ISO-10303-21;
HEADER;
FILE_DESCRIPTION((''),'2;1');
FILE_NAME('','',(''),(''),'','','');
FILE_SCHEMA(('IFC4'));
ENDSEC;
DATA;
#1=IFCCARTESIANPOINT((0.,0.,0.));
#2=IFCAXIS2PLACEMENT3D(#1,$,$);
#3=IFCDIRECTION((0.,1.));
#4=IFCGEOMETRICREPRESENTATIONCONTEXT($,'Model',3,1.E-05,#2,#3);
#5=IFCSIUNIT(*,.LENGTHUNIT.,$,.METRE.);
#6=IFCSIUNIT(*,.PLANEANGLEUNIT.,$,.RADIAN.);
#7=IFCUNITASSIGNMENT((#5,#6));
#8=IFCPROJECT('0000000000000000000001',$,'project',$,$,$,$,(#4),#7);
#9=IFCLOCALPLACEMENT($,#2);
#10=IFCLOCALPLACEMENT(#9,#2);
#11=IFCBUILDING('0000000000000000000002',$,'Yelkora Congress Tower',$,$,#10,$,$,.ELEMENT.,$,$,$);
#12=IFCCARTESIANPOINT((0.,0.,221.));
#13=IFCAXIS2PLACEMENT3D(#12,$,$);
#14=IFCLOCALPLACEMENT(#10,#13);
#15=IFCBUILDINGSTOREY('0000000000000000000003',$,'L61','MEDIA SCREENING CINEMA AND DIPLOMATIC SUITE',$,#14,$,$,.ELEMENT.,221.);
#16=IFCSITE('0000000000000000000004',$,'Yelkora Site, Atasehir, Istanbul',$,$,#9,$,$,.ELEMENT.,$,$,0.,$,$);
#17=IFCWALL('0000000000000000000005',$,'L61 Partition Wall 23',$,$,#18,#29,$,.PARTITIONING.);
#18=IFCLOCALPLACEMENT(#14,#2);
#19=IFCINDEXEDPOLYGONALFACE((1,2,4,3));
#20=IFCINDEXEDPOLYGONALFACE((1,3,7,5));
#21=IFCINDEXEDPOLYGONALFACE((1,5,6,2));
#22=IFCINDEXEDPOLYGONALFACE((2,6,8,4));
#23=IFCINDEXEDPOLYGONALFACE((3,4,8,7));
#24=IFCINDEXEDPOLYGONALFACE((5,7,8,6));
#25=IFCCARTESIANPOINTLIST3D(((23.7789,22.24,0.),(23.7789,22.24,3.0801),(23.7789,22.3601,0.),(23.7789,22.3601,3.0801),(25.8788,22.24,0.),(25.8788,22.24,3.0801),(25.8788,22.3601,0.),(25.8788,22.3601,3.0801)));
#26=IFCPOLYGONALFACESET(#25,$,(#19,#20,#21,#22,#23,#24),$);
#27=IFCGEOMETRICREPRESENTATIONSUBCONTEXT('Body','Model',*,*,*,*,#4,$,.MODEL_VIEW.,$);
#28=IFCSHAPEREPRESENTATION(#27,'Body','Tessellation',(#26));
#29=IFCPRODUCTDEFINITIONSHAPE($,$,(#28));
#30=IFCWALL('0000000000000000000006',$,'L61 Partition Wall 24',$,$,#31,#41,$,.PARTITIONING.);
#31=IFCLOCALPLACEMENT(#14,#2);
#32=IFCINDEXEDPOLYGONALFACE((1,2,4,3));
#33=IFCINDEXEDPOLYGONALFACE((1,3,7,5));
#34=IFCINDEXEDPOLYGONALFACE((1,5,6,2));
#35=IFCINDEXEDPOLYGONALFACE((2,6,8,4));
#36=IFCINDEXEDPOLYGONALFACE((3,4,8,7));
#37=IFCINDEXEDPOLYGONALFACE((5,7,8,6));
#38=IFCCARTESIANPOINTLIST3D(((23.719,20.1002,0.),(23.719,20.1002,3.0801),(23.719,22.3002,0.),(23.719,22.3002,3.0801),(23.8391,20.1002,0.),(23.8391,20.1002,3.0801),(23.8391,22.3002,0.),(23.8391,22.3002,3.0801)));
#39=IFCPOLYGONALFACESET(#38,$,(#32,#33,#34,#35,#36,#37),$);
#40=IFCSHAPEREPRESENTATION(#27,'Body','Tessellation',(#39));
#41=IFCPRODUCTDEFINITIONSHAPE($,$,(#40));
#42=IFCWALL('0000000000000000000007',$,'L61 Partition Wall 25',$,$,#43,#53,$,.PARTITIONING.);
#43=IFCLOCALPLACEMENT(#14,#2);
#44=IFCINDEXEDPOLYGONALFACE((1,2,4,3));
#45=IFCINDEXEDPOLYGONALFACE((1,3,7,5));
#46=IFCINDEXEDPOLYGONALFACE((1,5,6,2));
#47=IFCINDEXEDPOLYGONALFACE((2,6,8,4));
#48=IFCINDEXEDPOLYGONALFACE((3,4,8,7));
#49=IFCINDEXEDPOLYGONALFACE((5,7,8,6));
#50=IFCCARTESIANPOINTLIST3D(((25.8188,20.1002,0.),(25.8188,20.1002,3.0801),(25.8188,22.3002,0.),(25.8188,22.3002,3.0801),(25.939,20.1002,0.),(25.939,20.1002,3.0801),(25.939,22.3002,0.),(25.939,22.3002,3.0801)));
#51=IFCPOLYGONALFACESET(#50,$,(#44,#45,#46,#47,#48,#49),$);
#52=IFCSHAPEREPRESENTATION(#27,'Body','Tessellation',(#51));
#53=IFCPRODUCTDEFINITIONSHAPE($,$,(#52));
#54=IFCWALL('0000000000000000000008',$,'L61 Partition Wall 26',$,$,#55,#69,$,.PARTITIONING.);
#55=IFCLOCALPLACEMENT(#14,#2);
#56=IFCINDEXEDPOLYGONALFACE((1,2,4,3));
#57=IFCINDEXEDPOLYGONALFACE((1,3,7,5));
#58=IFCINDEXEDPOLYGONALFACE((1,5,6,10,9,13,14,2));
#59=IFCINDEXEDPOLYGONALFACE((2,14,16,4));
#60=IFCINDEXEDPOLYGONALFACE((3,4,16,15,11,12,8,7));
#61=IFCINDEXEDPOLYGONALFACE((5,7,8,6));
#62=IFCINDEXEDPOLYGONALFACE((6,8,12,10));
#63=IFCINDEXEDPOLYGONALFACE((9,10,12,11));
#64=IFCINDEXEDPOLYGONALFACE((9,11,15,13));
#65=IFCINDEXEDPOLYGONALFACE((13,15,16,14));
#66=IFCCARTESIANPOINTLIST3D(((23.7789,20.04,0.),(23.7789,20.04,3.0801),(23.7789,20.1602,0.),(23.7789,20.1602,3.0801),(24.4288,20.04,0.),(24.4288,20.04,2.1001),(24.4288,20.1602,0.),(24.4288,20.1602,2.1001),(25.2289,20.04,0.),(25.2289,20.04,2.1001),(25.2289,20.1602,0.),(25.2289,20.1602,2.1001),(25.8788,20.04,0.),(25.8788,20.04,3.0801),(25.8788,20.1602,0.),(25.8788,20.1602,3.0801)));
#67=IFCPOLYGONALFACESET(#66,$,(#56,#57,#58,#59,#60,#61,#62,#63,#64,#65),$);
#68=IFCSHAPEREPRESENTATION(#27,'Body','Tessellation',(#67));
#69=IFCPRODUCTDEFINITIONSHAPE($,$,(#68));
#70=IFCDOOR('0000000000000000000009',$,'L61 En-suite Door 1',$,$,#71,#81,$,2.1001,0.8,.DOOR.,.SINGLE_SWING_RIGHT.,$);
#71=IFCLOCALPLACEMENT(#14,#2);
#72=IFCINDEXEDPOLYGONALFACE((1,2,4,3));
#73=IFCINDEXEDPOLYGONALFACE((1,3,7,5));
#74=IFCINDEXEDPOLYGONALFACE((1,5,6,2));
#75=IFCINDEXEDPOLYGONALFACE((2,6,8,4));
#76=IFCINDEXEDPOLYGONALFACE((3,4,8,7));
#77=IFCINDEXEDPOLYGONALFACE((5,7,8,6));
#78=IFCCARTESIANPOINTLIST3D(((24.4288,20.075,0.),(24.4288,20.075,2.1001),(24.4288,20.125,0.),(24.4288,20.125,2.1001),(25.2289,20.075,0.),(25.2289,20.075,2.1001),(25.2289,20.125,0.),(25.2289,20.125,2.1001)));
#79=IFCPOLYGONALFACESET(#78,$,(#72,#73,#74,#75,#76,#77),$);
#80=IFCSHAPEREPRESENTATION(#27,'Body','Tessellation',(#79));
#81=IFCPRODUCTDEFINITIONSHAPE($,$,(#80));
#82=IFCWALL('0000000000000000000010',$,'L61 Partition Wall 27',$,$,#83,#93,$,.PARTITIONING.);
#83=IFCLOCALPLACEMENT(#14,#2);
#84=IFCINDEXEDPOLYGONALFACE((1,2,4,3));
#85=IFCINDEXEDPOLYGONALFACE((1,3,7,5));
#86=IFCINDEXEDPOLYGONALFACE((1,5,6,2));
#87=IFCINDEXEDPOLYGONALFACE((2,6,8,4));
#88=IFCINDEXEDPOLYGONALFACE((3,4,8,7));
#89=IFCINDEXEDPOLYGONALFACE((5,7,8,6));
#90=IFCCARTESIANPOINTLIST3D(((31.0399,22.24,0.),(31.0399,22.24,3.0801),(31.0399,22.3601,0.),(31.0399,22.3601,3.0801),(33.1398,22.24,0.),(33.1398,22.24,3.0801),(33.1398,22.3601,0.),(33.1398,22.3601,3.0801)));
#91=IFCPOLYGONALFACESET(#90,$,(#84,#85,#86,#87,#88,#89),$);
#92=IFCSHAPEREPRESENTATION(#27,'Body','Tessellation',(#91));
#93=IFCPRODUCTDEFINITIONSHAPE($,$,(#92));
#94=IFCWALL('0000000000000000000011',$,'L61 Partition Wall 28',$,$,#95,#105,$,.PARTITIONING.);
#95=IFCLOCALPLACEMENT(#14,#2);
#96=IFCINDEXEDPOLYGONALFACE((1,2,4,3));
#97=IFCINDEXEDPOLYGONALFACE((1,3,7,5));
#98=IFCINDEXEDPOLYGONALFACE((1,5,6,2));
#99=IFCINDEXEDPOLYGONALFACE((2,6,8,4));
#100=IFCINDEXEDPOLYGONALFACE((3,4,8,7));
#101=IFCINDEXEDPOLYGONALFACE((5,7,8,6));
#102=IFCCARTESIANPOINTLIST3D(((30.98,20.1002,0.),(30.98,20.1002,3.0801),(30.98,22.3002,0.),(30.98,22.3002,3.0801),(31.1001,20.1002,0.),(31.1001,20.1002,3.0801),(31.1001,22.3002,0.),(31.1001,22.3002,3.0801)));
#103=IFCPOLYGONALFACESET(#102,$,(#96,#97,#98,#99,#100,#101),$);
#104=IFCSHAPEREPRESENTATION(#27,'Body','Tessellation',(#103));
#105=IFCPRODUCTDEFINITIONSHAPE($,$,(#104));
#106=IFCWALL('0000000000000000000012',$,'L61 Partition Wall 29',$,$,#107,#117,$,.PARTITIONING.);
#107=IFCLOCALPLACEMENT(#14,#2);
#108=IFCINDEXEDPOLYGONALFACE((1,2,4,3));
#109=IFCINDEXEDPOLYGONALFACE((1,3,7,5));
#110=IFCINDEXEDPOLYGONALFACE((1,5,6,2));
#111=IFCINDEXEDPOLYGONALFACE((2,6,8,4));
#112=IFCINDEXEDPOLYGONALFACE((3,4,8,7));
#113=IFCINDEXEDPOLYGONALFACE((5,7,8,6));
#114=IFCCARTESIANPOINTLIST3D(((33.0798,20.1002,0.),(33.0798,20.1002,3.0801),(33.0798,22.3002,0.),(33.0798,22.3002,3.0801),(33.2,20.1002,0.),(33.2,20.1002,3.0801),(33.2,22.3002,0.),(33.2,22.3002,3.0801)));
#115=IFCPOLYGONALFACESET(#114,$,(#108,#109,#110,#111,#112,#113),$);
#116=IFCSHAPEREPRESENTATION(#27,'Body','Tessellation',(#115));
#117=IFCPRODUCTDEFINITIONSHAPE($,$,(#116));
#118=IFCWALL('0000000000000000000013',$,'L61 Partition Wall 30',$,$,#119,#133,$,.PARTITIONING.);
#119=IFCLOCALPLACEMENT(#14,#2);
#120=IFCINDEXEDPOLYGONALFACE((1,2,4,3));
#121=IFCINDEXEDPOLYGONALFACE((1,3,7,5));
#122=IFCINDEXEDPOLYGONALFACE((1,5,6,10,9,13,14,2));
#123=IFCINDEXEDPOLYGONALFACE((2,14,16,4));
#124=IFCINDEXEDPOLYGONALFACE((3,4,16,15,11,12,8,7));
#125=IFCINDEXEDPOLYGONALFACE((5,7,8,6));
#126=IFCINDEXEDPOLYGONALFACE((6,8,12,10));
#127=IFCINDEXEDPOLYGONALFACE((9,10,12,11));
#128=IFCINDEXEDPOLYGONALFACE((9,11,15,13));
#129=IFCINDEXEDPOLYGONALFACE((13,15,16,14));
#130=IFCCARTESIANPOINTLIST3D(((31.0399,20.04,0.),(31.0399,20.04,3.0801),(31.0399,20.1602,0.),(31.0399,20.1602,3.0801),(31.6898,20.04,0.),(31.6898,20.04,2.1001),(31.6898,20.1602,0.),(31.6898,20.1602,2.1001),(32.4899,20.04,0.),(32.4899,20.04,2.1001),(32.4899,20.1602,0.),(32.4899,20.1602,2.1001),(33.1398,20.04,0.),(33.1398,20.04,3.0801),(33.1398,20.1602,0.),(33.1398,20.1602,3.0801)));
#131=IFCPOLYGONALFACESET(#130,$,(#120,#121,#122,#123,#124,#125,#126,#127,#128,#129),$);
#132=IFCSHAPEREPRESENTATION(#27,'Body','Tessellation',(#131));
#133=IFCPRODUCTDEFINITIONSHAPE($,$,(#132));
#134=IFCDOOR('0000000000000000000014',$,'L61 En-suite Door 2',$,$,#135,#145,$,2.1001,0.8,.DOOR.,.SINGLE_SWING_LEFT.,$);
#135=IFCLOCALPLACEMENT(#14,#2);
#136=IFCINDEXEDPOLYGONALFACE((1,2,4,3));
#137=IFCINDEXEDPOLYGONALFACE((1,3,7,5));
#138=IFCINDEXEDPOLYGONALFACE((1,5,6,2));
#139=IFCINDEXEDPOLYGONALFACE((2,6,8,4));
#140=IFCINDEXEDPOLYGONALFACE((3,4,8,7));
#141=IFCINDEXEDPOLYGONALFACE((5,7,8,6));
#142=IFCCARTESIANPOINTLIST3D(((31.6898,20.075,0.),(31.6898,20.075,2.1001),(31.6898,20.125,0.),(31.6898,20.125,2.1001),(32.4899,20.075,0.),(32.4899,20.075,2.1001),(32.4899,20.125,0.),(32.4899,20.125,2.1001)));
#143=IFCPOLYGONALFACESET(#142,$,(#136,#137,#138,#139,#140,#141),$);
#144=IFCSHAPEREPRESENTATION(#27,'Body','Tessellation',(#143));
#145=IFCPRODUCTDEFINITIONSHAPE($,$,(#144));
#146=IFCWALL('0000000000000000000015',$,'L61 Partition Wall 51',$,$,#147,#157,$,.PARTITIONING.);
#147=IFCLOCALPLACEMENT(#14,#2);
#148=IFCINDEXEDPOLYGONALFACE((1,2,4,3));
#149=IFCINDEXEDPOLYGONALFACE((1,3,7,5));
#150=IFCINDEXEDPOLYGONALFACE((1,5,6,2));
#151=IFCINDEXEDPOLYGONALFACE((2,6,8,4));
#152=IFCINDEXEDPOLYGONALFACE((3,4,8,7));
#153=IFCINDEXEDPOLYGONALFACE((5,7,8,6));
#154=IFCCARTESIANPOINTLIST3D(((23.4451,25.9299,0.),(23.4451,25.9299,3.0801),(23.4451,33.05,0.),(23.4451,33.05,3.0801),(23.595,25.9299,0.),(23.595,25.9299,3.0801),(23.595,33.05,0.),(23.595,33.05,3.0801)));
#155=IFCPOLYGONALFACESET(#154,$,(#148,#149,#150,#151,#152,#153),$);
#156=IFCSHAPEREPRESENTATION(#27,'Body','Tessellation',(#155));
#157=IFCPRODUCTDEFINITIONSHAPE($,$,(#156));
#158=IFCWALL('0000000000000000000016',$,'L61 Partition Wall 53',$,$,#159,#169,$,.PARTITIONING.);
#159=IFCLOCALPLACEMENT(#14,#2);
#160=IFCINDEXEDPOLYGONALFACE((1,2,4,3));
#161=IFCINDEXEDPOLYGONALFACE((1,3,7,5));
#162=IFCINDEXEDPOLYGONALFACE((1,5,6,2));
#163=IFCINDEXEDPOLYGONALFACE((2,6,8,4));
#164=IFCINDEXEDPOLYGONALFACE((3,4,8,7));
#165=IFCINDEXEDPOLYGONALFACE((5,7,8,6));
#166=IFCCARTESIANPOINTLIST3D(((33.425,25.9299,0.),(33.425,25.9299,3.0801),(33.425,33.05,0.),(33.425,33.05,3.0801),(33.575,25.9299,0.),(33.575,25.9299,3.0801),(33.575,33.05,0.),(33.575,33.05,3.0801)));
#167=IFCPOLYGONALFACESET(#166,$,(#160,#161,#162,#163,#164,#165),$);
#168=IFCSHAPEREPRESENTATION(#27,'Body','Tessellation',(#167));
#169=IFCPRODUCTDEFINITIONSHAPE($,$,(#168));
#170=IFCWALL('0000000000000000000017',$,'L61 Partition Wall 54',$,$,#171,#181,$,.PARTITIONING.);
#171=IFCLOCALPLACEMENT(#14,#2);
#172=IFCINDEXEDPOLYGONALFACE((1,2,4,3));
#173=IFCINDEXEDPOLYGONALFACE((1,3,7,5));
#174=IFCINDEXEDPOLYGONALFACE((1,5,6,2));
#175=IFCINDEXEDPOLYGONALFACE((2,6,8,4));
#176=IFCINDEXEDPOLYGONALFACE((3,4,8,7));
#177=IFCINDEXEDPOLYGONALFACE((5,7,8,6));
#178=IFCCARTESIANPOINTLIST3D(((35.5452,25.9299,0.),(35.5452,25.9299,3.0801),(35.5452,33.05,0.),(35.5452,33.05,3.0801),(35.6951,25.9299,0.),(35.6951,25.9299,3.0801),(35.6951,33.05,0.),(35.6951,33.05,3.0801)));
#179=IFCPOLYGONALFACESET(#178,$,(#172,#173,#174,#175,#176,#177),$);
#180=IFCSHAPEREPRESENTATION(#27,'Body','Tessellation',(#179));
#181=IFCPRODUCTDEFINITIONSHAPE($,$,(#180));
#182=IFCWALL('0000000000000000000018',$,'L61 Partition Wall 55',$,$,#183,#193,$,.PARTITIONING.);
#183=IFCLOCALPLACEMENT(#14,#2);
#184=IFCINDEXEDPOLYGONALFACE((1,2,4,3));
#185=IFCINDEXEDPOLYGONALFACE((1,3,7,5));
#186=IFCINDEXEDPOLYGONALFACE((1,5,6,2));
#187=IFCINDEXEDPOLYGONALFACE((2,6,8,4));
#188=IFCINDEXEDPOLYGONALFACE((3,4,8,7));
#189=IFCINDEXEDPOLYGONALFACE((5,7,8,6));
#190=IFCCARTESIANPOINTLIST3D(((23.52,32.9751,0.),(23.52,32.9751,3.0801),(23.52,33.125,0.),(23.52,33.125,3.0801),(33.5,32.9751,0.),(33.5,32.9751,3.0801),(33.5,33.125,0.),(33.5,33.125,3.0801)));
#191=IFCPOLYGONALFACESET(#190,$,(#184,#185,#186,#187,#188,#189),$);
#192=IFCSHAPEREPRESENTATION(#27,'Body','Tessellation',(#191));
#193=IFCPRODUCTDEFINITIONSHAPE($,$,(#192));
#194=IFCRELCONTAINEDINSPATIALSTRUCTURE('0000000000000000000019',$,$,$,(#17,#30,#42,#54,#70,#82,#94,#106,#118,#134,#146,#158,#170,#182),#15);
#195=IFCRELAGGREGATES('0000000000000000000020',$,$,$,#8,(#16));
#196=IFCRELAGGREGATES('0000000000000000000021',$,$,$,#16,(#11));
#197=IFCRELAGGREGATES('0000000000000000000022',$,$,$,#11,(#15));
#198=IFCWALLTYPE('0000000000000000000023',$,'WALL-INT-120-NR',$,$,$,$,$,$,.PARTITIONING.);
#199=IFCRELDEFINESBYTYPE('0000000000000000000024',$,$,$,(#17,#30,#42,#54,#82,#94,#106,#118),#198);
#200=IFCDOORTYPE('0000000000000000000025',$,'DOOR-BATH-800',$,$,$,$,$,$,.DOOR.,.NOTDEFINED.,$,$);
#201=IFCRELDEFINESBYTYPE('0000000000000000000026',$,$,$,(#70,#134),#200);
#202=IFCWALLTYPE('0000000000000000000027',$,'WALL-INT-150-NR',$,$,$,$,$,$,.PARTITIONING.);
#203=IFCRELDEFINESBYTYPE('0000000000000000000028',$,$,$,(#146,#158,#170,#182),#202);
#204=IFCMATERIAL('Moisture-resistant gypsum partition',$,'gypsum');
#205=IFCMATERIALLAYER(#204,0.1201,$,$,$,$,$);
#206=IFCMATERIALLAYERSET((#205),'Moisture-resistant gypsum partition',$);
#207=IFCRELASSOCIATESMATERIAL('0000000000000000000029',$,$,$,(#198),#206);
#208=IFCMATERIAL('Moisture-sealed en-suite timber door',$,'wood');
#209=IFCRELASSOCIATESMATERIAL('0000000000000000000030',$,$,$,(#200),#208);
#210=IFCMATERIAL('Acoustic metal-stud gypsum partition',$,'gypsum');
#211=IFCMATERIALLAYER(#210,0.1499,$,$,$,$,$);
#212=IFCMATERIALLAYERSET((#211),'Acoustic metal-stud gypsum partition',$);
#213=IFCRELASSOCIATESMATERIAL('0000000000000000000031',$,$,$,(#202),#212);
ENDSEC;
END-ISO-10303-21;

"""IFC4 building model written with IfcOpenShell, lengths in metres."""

from ifc_helpers import new_model, si_unit, direction, frame, frame_2d, origin, place, context, subcontext, project, spatial, rectangle, extrude, material, layer, layer_set, type_object, element, fill, save


model = new_model("IFC4")

# Units and contexts
model_context = context("Model", 3, precision=1e-05, world=origin(), true_north=direction((0.0, 1.0)))
body_context = subcontext(model_context, "Body", "Model", "MODEL_VIEW")
ifc_project = project(units=[si_unit("LENGTHUNIT", "METRE"), si_unit("PLANEANGLEUNIT", "RADIAN")], contexts=[model_context])

# Site, building, storey
site_placement = place(None, origin())
site = spatial("IfcSite", under=ifc_project, at=site_placement, Name="Yelkora Site, Atasehir, Istanbul", CompositionType="ELEMENT", RefElevation=0.0)
building_placement = place(site_placement, origin())
building = spatial("IfcBuilding", under=site, at=building_placement, Name="Yelkora Congress Tower", CompositionType="ELEMENT")
storey_placement = place(building_placement, frame((0.0, 0.0, 221.0)))
storey = spatial("IfcBuildingStorey", under=building, at=storey_placement, Name="L61", Description="MEDIA SCREENING CINEMA AND DIPLOMATIC SUITE", CompositionType="ELEMENT", Elevation=221.0)

# Walls
ifc_material_1 = material(Name="Moisture-resistant gypsum partition", Category="gypsum")
ifc_layer_1 = layer(ifc_material_1, 0.1201)
ifc_layer_set_1 = layer_set([ifc_layer_1], Name="Moisture-resistant gypsum partition")
wall_type_1 = type_object("IfcWallType", Name="WALL-INT-120-NR", PredefinedType="PARTITIONING", material=ifc_layer_set_1)
wall_1_placement = place(storey_placement, frame((23.7791, 22.3, 0.0), z_axis=(0.0, 0.0, 1.0), x_axis=(1.0, 0.0, 0.0)))
element("IfcWall", 1, at=wall_1_placement, inside=storey, type_object=wall_type_1, Name="L61 Partition Wall 23", PredefinedType="PARTITIONING", context=body_context, shape_type="SweptSolid", body=[
    extrude(rectangle(XDim=2.0999, YDim=0.1201, at=frame_2d((1.0498, 0.0))), origin(), (0.0, 0.0, 1.0), 3.0801),
])
for number, where, z_axis, x_axis, name in (
    (2, (23.7791, 20.1001, 0.0), (0.0, 0.0, 1.0), (0.0, 1.0, 0.0), "L61 Partition Wall 24"),
    (3, (25.8789, 20.1001, 0.0), (0.0, 0.0, 1.0), (0.0, 1.0, 0.0), "L61 Partition Wall 25"),
):
    element("IfcWall", number, at=place(storey_placement, frame(where, z_axis=z_axis, x_axis=x_axis)), inside=storey, type_object=wall_type_1, Name=name, PredefinedType="PARTITIONING", context=body_context, shape_type="SweptSolid", body=[
        extrude(rectangle(XDim=2.2, YDim=0.1201, at=frame_2d((1.1001, 0.0))), origin(), (0.0, 0.0, 1.0), 3.0801),
    ])

# Wall, opening, door
wall_2_placement = place(storey_placement, frame((23.7791, 20.1001, 0.0), z_axis=(0.0, 0.0, 1.0), x_axis=(1.0, 0.0, 0.0)))
wall_2 = element("IfcWall", 4, at=wall_2_placement, inside=storey, type_object=wall_type_1, Name="L61 Partition Wall 26", PredefinedType="PARTITIONING", context=body_context, shape_type="SweptSolid", body=[
    extrude(rectangle(XDim=2.0999, YDim=0.1201, at=frame_2d((1.0498, 0.0))), origin(), (0.0, 0.0, 1.0), 3.0801),
])
opening_1_placement = place(wall_2_placement, frame((0.6499, 0.0, 0.0)))
opening_1 = element("IfcOpeningElement", 5, at=opening_1_placement, cuts=wall_2, PredefinedType="OPENING", context=body_context, shape_type="SweptSolid", body=[
    extrude(rectangle(XDim=0.8, YDim=2.1001, at=frame_2d((0.3999, 1.05))), frame((0.0, 0.0701, 0.0), z_axis=(0.0, -1.0, 0.0), x_axis=(1.0, 0.0, 0.0)), (0.0, 0.0, 1.0), 0.1401),
])
ifc_material_2 = material(Name="Moisture-sealed en-suite timber door", Category="wood")
door_type_1 = type_object("IfcDoorType", Name="DOOR-BATH-800", OperationType="NOTDEFINED", PredefinedType="DOOR", material=ifc_material_2)
door_1_placement = place(opening_1_placement, origin())
door_1 = element("IfcDoor", 6, at=door_1_placement, inside=storey, type_object=door_type_1, Name="L61 En-suite Door 1", OperationType="SINGLE_SWING_RIGHT", OverallHeight=2.1001, OverallWidth=0.8, PredefinedType="DOOR", context=body_context, shape_type="SweptSolid", body=[
    extrude(rectangle(XDim=0.8, YDim=2.1001, at=frame_2d((0.3999, 1.05))), frame((0.0, 0.0249, 0.0), z_axis=(0.0, -1.0, 0.0), x_axis=(1.0, 0.0, 0.0)), (0.0, 0.0, 1.0), 0.05),
])
fill(opening_1, door_1)

# Walls
wall_3_placement = place(storey_placement, frame((31.04, 22.3, 0.0), z_axis=(0.0, 0.0, 1.0), x_axis=(1.0, 0.0, 0.0)))
element("IfcWall", 7, at=wall_3_placement, inside=storey, type_object=wall_type_1, Name="L61 Partition Wall 27", PredefinedType="PARTITIONING", context=body_context, shape_type="SweptSolid", body=[
    extrude(rectangle(XDim=2.0999, YDim=0.1201, at=frame_2d((1.0498, 0.0))), origin(), (0.0, 0.0, 1.0), 3.0801),
])
for number, where, z_axis, x_axis, name in (
    (8, (31.04, 20.1001, 0.0), (0.0, 0.0, 1.0), (0.0, 1.0, 0.0), "L61 Partition Wall 28"),
    (9, (33.1399, 20.1001, 0.0), (0.0, 0.0, 1.0), (0.0, 1.0, 0.0), "L61 Partition Wall 29"),
):
    element("IfcWall", number, at=place(storey_placement, frame(where, z_axis=z_axis, x_axis=x_axis)), inside=storey, type_object=wall_type_1, Name=name, PredefinedType="PARTITIONING", context=body_context, shape_type="SweptSolid", body=[
        extrude(rectangle(XDim=2.2, YDim=0.1201, at=frame_2d((1.1001, 0.0))), origin(), (0.0, 0.0, 1.0), 3.0801),
    ])

# Wall, opening, door
wall_4_placement = place(storey_placement, frame((31.04, 20.1001, 0.0), z_axis=(0.0, 0.0, 1.0), x_axis=(1.0, 0.0, 0.0)))
wall_4 = element("IfcWall", 10, at=wall_4_placement, inside=storey, type_object=wall_type_1, Name="L61 Partition Wall 30", PredefinedType="PARTITIONING", context=body_context, shape_type="SweptSolid", body=[
    extrude(rectangle(XDim=2.0999, YDim=0.1201, at=frame_2d((1.0498, 0.0))), origin(), (0.0, 0.0, 1.0), 3.0801),
])
opening_2_placement = place(wall_4_placement, frame((0.6499, 0.0, 0.0)))
opening_2 = element("IfcOpeningElement", 11, at=opening_2_placement, cuts=wall_4, PredefinedType="OPENING", context=body_context, shape_type="SweptSolid", body=[
    extrude(rectangle(XDim=0.8, YDim=2.1001, at=frame_2d((0.3999, 1.05))), frame((0.0, 0.0701, 0.0), z_axis=(0.0, -1.0, 0.0), x_axis=(1.0, 0.0, 0.0)), (0.0, 0.0, 1.0), 0.1401),
])
door_2_placement = place(opening_2_placement, origin())
door_2 = element("IfcDoor", 12, at=door_2_placement, inside=storey, type_object=door_type_1, Name="L61 En-suite Door 2", OperationType="SINGLE_SWING_LEFT", OverallHeight=2.1001, OverallWidth=0.8, PredefinedType="DOOR", context=body_context, shape_type="SweptSolid", body=[
    extrude(rectangle(XDim=0.8, YDim=2.1001, at=frame_2d((0.3999, 1.05))), frame((0.0, 0.0249, 0.0), z_axis=(0.0, -1.0, 0.0), x_axis=(1.0, 0.0, 0.0)), (0.0, 0.0, 1.0), 0.05),
])
fill(opening_2, door_2)

# Walls
ifc_material_3 = material(Name="Acoustic metal-stud gypsum partition", Category="gypsum")
ifc_layer_2 = layer(ifc_material_3, 0.1499)
ifc_layer_set_2 = layer_set([ifc_layer_2], Name="Acoustic metal-stud gypsum partition")
wall_type_2 = type_object("IfcWallType", Name="WALL-INT-150-NR", PredefinedType="PARTITIONING", material=ifc_layer_set_2)
for number, where, z_axis, x_axis, name in (
    (13, (23.52, 25.9299, 0.0), (0.0, 0.0, 1.0), (0.0, 1.0, 0.0), "L61 Partition Wall 51"),
    (14, (33.5, 25.9299, 0.0), (0.0, 0.0, 1.0), (0.0, 1.0, 0.0), "L61 Partition Wall 53"),
    (15, (35.6201, 25.9299, 0.0), (0.0, 0.0, 1.0), (0.0, 1.0, 0.0), "L61 Partition Wall 54"),
):
    element("IfcWall", number, at=place(storey_placement, frame(where, z_axis=z_axis, x_axis=x_axis)), inside=storey, type_object=wall_type_2, Name=name, PredefinedType="PARTITIONING", context=body_context, shape_type="SweptSolid", body=[
        extrude(rectangle(XDim=7.1201, YDim=0.1499, at=frame_2d((3.5601, 0.0))), origin(), (0.0, 0.0, 1.0), 3.0801),
    ])
wall_5_placement = place(storey_placement, frame((23.52, 33.05, 0.0), z_axis=(0.0, 0.0, 1.0), x_axis=(1.0, 0.0, 0.0)))
element("IfcWall", 16, at=wall_5_placement, inside=storey, type_object=wall_type_2, Name="L61 Partition Wall 55", PredefinedType="PARTITIONING", context=body_context, shape_type="SweptSolid", body=[
    extrude(rectangle(XDim=9.98, YDim=0.1499, at=frame_2d((4.99, 0.0))), origin(), (0.0, 0.0, 1.0), 3.0801),
])

save(model, "model.ifc")
